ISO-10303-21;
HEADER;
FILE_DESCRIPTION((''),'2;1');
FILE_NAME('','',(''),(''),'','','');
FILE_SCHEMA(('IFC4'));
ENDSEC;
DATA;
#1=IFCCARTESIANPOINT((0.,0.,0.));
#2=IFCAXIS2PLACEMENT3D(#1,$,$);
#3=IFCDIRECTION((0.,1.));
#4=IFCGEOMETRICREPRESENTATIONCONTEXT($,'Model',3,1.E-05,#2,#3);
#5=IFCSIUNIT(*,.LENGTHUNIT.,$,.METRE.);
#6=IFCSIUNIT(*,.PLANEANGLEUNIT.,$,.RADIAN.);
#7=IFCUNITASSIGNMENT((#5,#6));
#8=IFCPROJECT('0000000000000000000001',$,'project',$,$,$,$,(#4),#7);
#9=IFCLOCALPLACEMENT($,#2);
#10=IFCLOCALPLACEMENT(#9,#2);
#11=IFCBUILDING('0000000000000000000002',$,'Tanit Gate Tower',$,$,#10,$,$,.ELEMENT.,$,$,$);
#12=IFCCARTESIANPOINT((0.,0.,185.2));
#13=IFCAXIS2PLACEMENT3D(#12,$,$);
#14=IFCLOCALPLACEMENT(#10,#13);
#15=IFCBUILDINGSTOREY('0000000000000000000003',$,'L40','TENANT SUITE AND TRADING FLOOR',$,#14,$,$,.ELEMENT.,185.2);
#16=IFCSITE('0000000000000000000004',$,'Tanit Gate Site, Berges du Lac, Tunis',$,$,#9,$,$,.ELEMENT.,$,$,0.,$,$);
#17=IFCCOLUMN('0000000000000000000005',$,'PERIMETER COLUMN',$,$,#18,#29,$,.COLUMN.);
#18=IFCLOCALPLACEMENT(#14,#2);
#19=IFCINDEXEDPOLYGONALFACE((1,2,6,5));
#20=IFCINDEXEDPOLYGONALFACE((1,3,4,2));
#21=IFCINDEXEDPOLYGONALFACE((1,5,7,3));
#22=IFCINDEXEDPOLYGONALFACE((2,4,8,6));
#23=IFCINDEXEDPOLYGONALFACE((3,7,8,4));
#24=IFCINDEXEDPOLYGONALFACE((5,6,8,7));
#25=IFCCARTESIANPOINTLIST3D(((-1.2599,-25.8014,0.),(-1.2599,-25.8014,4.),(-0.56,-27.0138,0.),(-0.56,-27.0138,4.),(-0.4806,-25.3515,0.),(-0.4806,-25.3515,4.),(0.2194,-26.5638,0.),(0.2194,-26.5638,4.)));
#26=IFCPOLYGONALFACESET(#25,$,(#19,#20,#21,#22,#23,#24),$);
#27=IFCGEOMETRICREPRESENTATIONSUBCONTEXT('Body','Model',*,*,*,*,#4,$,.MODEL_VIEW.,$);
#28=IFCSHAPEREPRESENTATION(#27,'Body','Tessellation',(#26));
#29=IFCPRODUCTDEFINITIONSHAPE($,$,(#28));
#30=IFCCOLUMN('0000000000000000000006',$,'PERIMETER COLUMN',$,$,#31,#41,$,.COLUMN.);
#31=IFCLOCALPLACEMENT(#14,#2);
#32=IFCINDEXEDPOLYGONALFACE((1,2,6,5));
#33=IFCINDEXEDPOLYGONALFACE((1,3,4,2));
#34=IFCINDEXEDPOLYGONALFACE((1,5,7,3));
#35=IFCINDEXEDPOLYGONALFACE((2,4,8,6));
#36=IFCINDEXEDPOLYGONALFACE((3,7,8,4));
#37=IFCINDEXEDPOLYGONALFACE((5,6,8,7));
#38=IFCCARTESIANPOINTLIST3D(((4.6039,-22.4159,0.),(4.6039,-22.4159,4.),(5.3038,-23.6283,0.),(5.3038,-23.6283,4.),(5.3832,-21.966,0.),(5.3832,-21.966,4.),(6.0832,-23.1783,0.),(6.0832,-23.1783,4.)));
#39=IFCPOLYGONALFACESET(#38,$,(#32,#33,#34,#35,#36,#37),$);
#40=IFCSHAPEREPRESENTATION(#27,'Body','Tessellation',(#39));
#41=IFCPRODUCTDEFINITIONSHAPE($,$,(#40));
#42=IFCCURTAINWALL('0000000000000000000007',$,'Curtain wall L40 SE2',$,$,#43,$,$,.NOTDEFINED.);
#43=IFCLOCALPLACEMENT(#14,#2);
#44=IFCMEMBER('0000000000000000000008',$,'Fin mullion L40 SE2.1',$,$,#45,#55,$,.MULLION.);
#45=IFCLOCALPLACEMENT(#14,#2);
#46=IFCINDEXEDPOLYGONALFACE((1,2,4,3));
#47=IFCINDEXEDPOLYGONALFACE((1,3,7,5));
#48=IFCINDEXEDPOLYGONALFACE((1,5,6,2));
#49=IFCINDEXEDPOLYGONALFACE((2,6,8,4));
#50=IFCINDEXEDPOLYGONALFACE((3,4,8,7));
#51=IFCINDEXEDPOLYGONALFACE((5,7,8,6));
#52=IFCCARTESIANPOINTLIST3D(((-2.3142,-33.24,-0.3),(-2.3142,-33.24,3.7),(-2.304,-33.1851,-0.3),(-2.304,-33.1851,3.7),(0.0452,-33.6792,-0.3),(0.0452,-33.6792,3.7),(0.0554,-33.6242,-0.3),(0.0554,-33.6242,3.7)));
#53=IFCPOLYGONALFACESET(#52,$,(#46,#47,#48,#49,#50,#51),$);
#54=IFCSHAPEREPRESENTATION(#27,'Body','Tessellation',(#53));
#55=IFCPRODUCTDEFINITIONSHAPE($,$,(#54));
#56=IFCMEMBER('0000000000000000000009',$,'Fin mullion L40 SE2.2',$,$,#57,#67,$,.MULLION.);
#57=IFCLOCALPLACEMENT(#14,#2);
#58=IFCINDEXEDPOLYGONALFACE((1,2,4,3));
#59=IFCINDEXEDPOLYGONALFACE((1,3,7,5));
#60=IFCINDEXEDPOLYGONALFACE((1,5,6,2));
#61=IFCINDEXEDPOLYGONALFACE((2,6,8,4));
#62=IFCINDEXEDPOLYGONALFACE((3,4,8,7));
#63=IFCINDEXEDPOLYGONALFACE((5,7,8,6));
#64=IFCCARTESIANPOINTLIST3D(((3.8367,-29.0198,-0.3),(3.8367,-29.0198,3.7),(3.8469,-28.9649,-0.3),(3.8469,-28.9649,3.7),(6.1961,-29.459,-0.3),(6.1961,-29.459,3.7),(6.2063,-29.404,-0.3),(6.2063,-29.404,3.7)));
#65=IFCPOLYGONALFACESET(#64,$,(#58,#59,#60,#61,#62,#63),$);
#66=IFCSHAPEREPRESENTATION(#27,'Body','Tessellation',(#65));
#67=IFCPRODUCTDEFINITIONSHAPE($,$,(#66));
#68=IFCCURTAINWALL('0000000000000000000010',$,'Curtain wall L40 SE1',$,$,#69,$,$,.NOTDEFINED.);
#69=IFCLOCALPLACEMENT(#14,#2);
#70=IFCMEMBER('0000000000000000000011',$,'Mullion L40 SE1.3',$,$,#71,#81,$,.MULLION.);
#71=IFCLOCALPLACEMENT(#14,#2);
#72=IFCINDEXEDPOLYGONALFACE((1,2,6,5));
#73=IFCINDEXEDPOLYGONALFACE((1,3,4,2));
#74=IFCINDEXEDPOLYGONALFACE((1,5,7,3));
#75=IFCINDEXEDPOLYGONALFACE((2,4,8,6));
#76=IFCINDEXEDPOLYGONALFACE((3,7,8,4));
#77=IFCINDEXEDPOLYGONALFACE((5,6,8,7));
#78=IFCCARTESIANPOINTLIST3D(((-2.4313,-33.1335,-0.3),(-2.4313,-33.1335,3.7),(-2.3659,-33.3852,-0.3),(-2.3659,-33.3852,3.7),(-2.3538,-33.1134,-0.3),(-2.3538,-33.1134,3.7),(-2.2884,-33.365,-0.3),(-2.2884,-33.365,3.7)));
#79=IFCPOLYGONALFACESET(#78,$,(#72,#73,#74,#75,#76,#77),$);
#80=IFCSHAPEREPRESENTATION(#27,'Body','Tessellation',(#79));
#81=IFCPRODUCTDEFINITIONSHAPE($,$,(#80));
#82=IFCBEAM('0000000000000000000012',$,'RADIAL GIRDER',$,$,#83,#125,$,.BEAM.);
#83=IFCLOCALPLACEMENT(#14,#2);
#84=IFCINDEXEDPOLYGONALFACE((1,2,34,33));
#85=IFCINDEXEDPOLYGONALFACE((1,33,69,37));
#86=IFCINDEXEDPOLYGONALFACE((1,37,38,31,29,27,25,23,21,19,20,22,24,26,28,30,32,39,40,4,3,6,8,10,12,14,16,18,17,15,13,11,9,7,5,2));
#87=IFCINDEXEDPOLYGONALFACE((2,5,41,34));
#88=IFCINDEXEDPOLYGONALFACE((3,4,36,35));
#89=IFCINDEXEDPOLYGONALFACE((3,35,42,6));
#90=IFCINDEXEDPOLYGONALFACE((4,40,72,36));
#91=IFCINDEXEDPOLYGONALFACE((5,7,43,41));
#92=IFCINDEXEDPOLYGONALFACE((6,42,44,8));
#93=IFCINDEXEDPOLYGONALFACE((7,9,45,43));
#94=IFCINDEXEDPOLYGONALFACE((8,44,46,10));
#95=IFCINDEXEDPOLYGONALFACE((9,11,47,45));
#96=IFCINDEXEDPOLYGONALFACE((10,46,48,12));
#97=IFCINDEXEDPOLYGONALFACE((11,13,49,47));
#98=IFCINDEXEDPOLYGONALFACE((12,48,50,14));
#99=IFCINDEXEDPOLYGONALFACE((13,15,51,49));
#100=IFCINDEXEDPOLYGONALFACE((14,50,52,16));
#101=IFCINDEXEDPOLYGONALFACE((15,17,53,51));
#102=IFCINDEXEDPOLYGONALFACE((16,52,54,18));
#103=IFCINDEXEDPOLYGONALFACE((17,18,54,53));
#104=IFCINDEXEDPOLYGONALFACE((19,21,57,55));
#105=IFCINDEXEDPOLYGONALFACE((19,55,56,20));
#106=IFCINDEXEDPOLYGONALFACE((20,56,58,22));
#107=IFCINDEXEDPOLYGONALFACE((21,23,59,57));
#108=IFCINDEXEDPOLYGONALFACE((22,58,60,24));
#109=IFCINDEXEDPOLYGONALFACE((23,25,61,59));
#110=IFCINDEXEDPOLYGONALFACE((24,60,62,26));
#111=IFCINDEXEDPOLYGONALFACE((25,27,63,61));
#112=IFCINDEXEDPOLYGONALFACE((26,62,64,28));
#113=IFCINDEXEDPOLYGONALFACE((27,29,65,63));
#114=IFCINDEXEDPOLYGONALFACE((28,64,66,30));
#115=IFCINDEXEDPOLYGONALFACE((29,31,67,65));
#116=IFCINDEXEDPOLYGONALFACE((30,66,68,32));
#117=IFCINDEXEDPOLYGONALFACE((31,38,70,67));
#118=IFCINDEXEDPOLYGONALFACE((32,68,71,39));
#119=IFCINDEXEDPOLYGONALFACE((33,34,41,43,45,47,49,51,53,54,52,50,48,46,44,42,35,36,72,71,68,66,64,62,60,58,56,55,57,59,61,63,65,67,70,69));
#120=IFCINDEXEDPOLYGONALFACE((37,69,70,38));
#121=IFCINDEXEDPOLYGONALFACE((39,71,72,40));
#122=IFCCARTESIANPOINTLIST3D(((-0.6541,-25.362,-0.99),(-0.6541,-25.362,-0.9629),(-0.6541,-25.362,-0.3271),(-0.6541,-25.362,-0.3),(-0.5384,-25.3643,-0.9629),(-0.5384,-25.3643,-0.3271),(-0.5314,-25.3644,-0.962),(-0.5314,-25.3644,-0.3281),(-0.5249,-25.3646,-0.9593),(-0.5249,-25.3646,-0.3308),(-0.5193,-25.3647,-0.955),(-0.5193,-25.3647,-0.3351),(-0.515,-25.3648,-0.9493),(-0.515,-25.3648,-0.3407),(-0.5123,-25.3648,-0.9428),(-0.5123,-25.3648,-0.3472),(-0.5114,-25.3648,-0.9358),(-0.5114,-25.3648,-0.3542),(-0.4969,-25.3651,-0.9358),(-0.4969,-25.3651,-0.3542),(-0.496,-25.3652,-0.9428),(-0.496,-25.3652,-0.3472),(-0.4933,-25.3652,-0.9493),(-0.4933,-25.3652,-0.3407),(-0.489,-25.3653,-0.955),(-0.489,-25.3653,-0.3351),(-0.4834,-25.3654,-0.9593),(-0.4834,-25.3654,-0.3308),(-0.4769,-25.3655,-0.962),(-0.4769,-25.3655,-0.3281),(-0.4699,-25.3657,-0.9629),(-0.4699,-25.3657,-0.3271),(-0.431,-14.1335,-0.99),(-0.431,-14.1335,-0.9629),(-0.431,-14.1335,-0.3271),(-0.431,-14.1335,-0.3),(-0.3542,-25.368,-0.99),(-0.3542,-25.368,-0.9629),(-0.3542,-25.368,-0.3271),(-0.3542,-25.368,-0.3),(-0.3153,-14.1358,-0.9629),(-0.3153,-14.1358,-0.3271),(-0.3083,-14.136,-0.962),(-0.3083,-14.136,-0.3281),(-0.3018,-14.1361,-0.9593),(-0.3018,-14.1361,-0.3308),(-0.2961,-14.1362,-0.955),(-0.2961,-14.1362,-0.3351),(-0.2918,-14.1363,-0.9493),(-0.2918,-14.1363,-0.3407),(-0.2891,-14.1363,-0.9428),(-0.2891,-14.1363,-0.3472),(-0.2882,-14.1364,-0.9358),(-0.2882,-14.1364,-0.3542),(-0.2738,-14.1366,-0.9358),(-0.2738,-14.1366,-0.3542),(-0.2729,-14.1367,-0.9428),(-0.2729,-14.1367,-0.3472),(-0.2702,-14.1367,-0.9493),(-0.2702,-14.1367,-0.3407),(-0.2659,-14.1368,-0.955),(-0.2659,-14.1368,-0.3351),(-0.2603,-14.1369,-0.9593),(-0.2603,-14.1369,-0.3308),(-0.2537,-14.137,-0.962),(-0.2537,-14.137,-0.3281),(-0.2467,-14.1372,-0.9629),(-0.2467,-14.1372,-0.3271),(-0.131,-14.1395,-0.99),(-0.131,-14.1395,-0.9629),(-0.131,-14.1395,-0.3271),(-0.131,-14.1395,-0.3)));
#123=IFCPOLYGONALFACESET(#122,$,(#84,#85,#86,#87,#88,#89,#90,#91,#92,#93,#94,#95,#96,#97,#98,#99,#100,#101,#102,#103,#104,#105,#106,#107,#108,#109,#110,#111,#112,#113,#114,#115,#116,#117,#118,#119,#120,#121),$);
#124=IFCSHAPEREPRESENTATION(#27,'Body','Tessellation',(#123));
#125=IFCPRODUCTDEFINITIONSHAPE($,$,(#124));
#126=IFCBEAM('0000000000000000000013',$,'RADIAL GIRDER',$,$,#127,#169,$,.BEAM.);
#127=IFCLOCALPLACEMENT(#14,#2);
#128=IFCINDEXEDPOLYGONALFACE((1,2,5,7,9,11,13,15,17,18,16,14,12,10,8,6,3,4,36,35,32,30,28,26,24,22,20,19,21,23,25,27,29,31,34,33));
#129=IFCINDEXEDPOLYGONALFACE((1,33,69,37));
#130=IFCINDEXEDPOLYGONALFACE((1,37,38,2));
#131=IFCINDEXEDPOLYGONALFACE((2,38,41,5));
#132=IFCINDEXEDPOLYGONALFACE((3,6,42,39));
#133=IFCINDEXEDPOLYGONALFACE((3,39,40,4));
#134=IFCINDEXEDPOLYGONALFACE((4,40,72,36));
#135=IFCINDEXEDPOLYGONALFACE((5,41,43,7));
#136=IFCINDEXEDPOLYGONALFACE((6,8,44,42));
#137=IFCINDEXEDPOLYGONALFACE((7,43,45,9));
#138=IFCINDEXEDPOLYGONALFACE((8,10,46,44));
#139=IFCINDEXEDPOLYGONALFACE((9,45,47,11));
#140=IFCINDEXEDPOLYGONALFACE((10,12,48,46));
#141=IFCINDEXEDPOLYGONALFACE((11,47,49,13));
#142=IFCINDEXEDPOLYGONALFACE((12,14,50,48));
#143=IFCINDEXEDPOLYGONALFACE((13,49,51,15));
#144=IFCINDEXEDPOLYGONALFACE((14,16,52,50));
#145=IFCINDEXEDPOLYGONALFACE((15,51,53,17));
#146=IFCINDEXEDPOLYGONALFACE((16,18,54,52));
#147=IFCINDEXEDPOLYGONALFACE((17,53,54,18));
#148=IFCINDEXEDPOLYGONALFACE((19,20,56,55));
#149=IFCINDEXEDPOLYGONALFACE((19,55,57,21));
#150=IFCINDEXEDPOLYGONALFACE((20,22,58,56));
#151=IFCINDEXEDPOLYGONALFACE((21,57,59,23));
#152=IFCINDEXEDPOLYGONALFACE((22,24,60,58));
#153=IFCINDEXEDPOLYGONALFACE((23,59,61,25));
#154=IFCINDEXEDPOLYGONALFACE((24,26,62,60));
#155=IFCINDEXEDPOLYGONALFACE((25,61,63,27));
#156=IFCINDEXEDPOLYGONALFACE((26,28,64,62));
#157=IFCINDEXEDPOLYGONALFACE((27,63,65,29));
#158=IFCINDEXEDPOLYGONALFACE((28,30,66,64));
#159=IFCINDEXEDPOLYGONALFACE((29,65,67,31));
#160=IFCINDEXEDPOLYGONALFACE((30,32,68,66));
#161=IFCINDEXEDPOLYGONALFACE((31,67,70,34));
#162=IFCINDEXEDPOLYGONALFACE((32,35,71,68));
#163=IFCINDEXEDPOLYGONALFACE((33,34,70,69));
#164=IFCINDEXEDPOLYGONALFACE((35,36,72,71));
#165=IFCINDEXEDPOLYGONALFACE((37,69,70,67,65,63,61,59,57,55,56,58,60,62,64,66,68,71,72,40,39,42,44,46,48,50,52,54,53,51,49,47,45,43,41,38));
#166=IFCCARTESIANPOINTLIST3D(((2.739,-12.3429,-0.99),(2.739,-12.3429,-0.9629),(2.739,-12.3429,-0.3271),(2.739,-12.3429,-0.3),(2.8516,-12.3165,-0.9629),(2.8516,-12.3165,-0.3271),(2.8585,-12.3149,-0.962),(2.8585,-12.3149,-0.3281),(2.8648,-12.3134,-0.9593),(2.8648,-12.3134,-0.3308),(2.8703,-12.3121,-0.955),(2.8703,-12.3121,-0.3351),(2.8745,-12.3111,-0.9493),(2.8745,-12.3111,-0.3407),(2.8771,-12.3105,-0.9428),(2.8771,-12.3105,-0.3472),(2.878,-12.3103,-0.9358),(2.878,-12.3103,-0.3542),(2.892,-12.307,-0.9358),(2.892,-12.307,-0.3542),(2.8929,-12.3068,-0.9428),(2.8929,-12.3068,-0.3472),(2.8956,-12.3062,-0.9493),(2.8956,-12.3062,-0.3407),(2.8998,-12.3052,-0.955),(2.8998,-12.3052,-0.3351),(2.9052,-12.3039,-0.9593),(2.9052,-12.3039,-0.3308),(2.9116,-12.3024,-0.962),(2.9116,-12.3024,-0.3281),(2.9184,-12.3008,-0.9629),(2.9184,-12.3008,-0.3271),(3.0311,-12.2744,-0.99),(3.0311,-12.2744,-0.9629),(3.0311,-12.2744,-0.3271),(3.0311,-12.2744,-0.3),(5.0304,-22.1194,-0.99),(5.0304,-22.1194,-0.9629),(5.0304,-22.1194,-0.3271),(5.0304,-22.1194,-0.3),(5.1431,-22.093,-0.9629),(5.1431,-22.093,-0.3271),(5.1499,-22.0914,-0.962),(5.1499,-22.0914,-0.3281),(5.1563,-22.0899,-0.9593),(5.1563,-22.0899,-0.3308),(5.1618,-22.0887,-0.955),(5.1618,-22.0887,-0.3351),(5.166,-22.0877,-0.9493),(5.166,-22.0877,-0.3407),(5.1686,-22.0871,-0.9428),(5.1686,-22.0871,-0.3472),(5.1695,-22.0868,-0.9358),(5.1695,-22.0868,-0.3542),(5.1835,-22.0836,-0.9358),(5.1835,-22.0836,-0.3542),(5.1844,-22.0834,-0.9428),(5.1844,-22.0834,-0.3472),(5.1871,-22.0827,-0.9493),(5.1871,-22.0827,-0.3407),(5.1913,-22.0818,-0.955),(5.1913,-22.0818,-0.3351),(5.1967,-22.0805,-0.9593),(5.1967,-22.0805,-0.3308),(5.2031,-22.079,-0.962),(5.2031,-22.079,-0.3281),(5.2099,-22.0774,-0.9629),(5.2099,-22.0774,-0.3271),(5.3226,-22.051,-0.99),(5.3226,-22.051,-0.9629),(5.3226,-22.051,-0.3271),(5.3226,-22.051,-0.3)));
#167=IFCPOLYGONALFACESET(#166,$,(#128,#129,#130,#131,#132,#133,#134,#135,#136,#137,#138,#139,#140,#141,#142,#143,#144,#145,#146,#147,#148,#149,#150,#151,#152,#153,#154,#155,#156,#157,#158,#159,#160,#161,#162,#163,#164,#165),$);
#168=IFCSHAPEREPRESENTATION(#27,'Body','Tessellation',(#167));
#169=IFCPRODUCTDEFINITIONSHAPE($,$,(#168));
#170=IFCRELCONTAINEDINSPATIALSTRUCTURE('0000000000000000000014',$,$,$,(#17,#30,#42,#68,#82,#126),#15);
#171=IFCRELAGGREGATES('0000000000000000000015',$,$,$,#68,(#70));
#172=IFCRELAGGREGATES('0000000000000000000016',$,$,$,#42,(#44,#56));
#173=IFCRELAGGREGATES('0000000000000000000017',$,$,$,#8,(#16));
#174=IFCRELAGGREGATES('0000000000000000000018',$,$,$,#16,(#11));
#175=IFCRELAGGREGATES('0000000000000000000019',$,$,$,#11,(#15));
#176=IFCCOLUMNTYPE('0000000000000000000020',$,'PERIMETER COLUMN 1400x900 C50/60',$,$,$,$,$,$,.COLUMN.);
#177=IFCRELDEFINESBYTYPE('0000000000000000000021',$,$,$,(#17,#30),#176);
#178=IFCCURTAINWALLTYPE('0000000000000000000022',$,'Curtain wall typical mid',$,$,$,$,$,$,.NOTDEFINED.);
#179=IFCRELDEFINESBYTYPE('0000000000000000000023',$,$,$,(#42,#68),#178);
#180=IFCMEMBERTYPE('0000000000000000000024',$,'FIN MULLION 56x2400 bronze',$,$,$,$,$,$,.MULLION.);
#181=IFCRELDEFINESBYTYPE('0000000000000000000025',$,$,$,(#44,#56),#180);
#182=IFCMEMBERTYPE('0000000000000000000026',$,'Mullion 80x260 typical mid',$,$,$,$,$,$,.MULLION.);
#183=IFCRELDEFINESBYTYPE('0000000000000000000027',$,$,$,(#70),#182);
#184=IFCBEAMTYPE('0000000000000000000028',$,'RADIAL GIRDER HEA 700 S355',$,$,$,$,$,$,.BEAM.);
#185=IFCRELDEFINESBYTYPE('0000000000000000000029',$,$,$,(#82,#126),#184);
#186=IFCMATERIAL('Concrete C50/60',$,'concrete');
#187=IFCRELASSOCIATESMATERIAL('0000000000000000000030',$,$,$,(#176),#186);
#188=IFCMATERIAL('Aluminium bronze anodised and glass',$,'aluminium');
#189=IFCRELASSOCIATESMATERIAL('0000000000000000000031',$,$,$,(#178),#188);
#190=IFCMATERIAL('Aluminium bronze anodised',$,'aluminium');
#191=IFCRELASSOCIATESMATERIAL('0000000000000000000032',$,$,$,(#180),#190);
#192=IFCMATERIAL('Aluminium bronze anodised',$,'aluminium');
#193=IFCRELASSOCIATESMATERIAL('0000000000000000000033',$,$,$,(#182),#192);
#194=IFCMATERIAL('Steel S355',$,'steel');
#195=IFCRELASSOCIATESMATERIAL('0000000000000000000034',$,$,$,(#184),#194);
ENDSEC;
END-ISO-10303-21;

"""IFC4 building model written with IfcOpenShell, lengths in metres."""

from ifc_helpers import new_model, si_unit, direction, frame, origin, origin_2d, place, context, subcontext, project, spatial, rectangle, i_section, extrude, material, material_profile, profile_set, type_object, element, aggregate, save


model = new_model("IFC4")

# Units and contexts
model_context = context("Model", 3, precision=1e-05, world=origin(), true_north=direction((0.0, 1.0)))
body_context = subcontext(model_context, "Body", "Model", "MODEL_VIEW")
ifc_project = project(units=[si_unit("LENGTHUNIT", "METRE"), si_unit("PLANEANGLEUNIT", "RADIAN")], contexts=[model_context])

# Site, building, storey
site_placement = place(None, origin())
site = spatial("IfcSite", under=ifc_project, at=site_placement, Name="Tanit Gate Site, Berges du Lac, Tunis", CompositionType="ELEMENT", RefElevation=0.0)
building_placement = place(site_placement, origin())
building = spatial("IfcBuilding", under=site, at=building_placement, Name="Tanit Gate Tower", CompositionType="ELEMENT")
storey_placement = place(building_placement, frame((0.0, 0.0, 185.2)))
storey = spatial("IfcBuildingStorey", under=building, at=storey_placement, Name="L40", Description="TENANT SUITE AND TRADING FLOOR", CompositionType="ELEMENT", Elevation=185.2)

# Columns
ifc_material_1 = material(Name="Concrete C50/60", Category="concrete")
ifc_material_profile_1 = material_profile(ifc_material_1, rectangle(XDim=1.3999, YDim=0.8999, at=origin_2d()), Name="RC 1400x900")
ifc_profile_set_1 = profile_set([ifc_material_profile_1], Name="Concrete C50/60")
column_type = type_object("IfcColumnType", Name="PERIMETER COLUMN 1400x900 C50/60", PredefinedType="COLUMN", material=ifc_profile_set_1)
for number, where, z_axis, x_axis, name in (
    (1, (-0.5203, -26.1826, 0.0), (0.0, 0.0, 1.0), (0.5, -0.866025, 0.0), "PERIMETER COLUMN"),
    (2, (5.3435, -22.7971, 0.0), (0.0, 0.0, 1.0), (0.5, -0.866025, 0.0), "PERIMETER COLUMN"),
):
    element("IfcColumn", number, at=place(storey_placement, frame(where, z_axis=z_axis, x_axis=x_axis)), inside=storey, type_object=column_type, Name=name, PredefinedType="COLUMN", context=body_context, shape_type="SweptSolid", body=[
        extrude(rectangle(XDim=1.3999, YDim=0.8999, at=origin_2d()), origin(), (0.0, 0.0, 1.0), 4.0),
    ])

# Curtain wall, members
ifc_material_2 = material(Name="Aluminium bronze anodised and glass", Category="aluminium")
curtain_wall_type = type_object("IfcCurtainWallType", Name="Curtain wall typical mid", PredefinedType="NOTDEFINED", material=ifc_material_2)
curtain_wall_1_placement = place(storey_placement, origin())
curtain_wall_1 = element("IfcCurtainWall", 3, at=curtain_wall_1_placement, inside=storey, type_object=curtain_wall_type, Name="Curtain wall L40 SE2", PredefinedType="NOTDEFINED")
ifc_material_3 = material(Name="Aluminium bronze anodised", Category="aluminium")
ifc_material_profile_2 = material_profile(ifc_material_3, rectangle(XDim=2.3999, YDim=0.0559, at=origin_2d()), Name="56x2400 bronze fin mullion")
ifc_profile_set_2 = profile_set([ifc_material_profile_2], Name="Aluminium bronze anodised")
member_type_1 = type_object("IfcMemberType", Name="FIN MULLION 56x2400 bronze", PredefinedType="MULLION", material=ifc_profile_set_2)
member_1_placement = place(storey_placement, frame((-1.1294, -33.4321, -0.3), z_axis=(0.0, 0.0, 1.0), x_axis=(-0.983116, 0.182983, 0.0)))
member_1 = element("IfcMember", 4, at=member_1_placement, type_object=member_type_1, Name="Fin mullion L40 SE2.1", PredefinedType="MULLION", context=body_context, shape_type="SweptSolid", body=[
    extrude(rectangle(XDim=2.3999, YDim=0.0559, at=origin_2d()), origin(), (0.0, 0.0, 1.0), 4.0),
])
member_2_placement = place(storey_placement, frame((5.0215, -29.2119, -0.3), z_axis=(0.0, 0.0, 1.0), x_axis=(-0.983116, 0.182983, 0.0)))
member_2 = element("IfcMember", 5, at=member_2_placement, type_object=member_type_1, Name="Fin mullion L40 SE2.2", PredefinedType="MULLION", context=body_context, shape_type="SweptSolid", body=[
    extrude(rectangle(XDim=2.3999, YDim=0.0559, at=origin_2d()), origin(), (0.0, 0.0, 1.0), 4.0),
])

# Curtain wall, member
curtain_wall_2_placement = place(storey_placement, origin())
curtain_wall_2 = element("IfcCurtainWall", 6, at=curtain_wall_2_placement, inside=storey, type_object=curtain_wall_type, Name="Curtain wall L40 SE1", PredefinedType="NOTDEFINED")
ifc_material_4 = material(Name="Aluminium bronze anodised", Category="aluminium")
ifc_material_profile_3 = material_profile(ifc_material_4, rectangle(XDim=0.26, YDim=0.0801, at=origin_2d()), Name="80x260 bronze mullion")
ifc_profile_set_3 = profile_set([ifc_material_profile_3], Name="Aluminium bronze anodised")
member_type_2 = type_object("IfcMemberType", Name="Mullion 80x260 typical mid", PredefinedType="MULLION", material=ifc_profile_set_3)
member_3_placement = place(storey_placement, frame((-2.3599, -33.2493, -0.3), z_axis=(0.0, 0.0, 1.0), x_axis=(-0.251432, 0.967875, 0.0)))
member_3 = element("IfcMember", 7, at=member_3_placement, type_object=member_type_2, Name="Mullion L40 SE1.3", PredefinedType="MULLION", context=body_context, shape_type="SweptSolid", body=[
    extrude(rectangle(XDim=0.26, YDim=0.0801, at=origin_2d()), origin(), (0.0, 0.0, 1.0), 4.0),
])
aggregate(curtain_wall_2, [member_3])

# Beams
ifc_material_5 = material(Name="Steel S355", Category="steel")
ifc_material_profile_4 = material_profile(ifc_material_5, i_section(OverallWidth=0.3, OverallDepth=0.6899, WebThickness=0.0144, FlangeThickness=0.0271, FilletRadius=0.0271, at=origin_2d()), Name="HEA 700")
ifc_profile_set_4 = profile_set([ifc_material_profile_4], Name="Steel S355")
beam_type_1 = type_object("IfcBeamType", Name="RADIAL GIRDER HEA 700 S355", PredefinedType="BEAM", material=ifc_profile_set_4)
beam_1_placement = place(storey_placement, frame((-0.5042, -25.365, -0.645), z_axis=(0.019869, 0.999803, 0.0), x_axis=(-0.999803, 0.019869, 0.0)))
element("IfcBeam", 8, at=beam_1_placement, inside=storey, type_object=beam_type_1, Name="RADIAL GIRDER", PredefinedType="BEAM", context=body_context, shape_type="SweptSolid", body=[
    extrude(i_section(OverallWidth=0.3, OverallDepth=0.6899, WebThickness=0.0144, FlangeThickness=0.0271, FilletRadius=0.0271, at=origin_2d()), origin(), (0.0, 0.0, 1.0), 11.2307),
])
beam_2_placement = place(storey_placement, frame((5.1765, -22.0852, -0.645), z_axis=(-0.228202, 0.973614, 0.0), x_axis=(-0.973614, -0.228202, 0.0)))
element("IfcBeam", 9, at=beam_2_placement, inside=storey, type_object=beam_type_1, Name="RADIAL GIRDER", PredefinedType="BEAM", context=body_context, shape_type="SweptSolid", body=[
    extrude(i_section(OverallWidth=0.3, OverallDepth=0.6899, WebThickness=0.0144, FlangeThickness=0.0271, FilletRadius=0.0271, at=origin_2d()), origin(), (0.0, 0.0, 1.0), 10.0415),
])

aggregate(curtain_wall_1, [member_1, member_2])

save(model, "model.ifc")
